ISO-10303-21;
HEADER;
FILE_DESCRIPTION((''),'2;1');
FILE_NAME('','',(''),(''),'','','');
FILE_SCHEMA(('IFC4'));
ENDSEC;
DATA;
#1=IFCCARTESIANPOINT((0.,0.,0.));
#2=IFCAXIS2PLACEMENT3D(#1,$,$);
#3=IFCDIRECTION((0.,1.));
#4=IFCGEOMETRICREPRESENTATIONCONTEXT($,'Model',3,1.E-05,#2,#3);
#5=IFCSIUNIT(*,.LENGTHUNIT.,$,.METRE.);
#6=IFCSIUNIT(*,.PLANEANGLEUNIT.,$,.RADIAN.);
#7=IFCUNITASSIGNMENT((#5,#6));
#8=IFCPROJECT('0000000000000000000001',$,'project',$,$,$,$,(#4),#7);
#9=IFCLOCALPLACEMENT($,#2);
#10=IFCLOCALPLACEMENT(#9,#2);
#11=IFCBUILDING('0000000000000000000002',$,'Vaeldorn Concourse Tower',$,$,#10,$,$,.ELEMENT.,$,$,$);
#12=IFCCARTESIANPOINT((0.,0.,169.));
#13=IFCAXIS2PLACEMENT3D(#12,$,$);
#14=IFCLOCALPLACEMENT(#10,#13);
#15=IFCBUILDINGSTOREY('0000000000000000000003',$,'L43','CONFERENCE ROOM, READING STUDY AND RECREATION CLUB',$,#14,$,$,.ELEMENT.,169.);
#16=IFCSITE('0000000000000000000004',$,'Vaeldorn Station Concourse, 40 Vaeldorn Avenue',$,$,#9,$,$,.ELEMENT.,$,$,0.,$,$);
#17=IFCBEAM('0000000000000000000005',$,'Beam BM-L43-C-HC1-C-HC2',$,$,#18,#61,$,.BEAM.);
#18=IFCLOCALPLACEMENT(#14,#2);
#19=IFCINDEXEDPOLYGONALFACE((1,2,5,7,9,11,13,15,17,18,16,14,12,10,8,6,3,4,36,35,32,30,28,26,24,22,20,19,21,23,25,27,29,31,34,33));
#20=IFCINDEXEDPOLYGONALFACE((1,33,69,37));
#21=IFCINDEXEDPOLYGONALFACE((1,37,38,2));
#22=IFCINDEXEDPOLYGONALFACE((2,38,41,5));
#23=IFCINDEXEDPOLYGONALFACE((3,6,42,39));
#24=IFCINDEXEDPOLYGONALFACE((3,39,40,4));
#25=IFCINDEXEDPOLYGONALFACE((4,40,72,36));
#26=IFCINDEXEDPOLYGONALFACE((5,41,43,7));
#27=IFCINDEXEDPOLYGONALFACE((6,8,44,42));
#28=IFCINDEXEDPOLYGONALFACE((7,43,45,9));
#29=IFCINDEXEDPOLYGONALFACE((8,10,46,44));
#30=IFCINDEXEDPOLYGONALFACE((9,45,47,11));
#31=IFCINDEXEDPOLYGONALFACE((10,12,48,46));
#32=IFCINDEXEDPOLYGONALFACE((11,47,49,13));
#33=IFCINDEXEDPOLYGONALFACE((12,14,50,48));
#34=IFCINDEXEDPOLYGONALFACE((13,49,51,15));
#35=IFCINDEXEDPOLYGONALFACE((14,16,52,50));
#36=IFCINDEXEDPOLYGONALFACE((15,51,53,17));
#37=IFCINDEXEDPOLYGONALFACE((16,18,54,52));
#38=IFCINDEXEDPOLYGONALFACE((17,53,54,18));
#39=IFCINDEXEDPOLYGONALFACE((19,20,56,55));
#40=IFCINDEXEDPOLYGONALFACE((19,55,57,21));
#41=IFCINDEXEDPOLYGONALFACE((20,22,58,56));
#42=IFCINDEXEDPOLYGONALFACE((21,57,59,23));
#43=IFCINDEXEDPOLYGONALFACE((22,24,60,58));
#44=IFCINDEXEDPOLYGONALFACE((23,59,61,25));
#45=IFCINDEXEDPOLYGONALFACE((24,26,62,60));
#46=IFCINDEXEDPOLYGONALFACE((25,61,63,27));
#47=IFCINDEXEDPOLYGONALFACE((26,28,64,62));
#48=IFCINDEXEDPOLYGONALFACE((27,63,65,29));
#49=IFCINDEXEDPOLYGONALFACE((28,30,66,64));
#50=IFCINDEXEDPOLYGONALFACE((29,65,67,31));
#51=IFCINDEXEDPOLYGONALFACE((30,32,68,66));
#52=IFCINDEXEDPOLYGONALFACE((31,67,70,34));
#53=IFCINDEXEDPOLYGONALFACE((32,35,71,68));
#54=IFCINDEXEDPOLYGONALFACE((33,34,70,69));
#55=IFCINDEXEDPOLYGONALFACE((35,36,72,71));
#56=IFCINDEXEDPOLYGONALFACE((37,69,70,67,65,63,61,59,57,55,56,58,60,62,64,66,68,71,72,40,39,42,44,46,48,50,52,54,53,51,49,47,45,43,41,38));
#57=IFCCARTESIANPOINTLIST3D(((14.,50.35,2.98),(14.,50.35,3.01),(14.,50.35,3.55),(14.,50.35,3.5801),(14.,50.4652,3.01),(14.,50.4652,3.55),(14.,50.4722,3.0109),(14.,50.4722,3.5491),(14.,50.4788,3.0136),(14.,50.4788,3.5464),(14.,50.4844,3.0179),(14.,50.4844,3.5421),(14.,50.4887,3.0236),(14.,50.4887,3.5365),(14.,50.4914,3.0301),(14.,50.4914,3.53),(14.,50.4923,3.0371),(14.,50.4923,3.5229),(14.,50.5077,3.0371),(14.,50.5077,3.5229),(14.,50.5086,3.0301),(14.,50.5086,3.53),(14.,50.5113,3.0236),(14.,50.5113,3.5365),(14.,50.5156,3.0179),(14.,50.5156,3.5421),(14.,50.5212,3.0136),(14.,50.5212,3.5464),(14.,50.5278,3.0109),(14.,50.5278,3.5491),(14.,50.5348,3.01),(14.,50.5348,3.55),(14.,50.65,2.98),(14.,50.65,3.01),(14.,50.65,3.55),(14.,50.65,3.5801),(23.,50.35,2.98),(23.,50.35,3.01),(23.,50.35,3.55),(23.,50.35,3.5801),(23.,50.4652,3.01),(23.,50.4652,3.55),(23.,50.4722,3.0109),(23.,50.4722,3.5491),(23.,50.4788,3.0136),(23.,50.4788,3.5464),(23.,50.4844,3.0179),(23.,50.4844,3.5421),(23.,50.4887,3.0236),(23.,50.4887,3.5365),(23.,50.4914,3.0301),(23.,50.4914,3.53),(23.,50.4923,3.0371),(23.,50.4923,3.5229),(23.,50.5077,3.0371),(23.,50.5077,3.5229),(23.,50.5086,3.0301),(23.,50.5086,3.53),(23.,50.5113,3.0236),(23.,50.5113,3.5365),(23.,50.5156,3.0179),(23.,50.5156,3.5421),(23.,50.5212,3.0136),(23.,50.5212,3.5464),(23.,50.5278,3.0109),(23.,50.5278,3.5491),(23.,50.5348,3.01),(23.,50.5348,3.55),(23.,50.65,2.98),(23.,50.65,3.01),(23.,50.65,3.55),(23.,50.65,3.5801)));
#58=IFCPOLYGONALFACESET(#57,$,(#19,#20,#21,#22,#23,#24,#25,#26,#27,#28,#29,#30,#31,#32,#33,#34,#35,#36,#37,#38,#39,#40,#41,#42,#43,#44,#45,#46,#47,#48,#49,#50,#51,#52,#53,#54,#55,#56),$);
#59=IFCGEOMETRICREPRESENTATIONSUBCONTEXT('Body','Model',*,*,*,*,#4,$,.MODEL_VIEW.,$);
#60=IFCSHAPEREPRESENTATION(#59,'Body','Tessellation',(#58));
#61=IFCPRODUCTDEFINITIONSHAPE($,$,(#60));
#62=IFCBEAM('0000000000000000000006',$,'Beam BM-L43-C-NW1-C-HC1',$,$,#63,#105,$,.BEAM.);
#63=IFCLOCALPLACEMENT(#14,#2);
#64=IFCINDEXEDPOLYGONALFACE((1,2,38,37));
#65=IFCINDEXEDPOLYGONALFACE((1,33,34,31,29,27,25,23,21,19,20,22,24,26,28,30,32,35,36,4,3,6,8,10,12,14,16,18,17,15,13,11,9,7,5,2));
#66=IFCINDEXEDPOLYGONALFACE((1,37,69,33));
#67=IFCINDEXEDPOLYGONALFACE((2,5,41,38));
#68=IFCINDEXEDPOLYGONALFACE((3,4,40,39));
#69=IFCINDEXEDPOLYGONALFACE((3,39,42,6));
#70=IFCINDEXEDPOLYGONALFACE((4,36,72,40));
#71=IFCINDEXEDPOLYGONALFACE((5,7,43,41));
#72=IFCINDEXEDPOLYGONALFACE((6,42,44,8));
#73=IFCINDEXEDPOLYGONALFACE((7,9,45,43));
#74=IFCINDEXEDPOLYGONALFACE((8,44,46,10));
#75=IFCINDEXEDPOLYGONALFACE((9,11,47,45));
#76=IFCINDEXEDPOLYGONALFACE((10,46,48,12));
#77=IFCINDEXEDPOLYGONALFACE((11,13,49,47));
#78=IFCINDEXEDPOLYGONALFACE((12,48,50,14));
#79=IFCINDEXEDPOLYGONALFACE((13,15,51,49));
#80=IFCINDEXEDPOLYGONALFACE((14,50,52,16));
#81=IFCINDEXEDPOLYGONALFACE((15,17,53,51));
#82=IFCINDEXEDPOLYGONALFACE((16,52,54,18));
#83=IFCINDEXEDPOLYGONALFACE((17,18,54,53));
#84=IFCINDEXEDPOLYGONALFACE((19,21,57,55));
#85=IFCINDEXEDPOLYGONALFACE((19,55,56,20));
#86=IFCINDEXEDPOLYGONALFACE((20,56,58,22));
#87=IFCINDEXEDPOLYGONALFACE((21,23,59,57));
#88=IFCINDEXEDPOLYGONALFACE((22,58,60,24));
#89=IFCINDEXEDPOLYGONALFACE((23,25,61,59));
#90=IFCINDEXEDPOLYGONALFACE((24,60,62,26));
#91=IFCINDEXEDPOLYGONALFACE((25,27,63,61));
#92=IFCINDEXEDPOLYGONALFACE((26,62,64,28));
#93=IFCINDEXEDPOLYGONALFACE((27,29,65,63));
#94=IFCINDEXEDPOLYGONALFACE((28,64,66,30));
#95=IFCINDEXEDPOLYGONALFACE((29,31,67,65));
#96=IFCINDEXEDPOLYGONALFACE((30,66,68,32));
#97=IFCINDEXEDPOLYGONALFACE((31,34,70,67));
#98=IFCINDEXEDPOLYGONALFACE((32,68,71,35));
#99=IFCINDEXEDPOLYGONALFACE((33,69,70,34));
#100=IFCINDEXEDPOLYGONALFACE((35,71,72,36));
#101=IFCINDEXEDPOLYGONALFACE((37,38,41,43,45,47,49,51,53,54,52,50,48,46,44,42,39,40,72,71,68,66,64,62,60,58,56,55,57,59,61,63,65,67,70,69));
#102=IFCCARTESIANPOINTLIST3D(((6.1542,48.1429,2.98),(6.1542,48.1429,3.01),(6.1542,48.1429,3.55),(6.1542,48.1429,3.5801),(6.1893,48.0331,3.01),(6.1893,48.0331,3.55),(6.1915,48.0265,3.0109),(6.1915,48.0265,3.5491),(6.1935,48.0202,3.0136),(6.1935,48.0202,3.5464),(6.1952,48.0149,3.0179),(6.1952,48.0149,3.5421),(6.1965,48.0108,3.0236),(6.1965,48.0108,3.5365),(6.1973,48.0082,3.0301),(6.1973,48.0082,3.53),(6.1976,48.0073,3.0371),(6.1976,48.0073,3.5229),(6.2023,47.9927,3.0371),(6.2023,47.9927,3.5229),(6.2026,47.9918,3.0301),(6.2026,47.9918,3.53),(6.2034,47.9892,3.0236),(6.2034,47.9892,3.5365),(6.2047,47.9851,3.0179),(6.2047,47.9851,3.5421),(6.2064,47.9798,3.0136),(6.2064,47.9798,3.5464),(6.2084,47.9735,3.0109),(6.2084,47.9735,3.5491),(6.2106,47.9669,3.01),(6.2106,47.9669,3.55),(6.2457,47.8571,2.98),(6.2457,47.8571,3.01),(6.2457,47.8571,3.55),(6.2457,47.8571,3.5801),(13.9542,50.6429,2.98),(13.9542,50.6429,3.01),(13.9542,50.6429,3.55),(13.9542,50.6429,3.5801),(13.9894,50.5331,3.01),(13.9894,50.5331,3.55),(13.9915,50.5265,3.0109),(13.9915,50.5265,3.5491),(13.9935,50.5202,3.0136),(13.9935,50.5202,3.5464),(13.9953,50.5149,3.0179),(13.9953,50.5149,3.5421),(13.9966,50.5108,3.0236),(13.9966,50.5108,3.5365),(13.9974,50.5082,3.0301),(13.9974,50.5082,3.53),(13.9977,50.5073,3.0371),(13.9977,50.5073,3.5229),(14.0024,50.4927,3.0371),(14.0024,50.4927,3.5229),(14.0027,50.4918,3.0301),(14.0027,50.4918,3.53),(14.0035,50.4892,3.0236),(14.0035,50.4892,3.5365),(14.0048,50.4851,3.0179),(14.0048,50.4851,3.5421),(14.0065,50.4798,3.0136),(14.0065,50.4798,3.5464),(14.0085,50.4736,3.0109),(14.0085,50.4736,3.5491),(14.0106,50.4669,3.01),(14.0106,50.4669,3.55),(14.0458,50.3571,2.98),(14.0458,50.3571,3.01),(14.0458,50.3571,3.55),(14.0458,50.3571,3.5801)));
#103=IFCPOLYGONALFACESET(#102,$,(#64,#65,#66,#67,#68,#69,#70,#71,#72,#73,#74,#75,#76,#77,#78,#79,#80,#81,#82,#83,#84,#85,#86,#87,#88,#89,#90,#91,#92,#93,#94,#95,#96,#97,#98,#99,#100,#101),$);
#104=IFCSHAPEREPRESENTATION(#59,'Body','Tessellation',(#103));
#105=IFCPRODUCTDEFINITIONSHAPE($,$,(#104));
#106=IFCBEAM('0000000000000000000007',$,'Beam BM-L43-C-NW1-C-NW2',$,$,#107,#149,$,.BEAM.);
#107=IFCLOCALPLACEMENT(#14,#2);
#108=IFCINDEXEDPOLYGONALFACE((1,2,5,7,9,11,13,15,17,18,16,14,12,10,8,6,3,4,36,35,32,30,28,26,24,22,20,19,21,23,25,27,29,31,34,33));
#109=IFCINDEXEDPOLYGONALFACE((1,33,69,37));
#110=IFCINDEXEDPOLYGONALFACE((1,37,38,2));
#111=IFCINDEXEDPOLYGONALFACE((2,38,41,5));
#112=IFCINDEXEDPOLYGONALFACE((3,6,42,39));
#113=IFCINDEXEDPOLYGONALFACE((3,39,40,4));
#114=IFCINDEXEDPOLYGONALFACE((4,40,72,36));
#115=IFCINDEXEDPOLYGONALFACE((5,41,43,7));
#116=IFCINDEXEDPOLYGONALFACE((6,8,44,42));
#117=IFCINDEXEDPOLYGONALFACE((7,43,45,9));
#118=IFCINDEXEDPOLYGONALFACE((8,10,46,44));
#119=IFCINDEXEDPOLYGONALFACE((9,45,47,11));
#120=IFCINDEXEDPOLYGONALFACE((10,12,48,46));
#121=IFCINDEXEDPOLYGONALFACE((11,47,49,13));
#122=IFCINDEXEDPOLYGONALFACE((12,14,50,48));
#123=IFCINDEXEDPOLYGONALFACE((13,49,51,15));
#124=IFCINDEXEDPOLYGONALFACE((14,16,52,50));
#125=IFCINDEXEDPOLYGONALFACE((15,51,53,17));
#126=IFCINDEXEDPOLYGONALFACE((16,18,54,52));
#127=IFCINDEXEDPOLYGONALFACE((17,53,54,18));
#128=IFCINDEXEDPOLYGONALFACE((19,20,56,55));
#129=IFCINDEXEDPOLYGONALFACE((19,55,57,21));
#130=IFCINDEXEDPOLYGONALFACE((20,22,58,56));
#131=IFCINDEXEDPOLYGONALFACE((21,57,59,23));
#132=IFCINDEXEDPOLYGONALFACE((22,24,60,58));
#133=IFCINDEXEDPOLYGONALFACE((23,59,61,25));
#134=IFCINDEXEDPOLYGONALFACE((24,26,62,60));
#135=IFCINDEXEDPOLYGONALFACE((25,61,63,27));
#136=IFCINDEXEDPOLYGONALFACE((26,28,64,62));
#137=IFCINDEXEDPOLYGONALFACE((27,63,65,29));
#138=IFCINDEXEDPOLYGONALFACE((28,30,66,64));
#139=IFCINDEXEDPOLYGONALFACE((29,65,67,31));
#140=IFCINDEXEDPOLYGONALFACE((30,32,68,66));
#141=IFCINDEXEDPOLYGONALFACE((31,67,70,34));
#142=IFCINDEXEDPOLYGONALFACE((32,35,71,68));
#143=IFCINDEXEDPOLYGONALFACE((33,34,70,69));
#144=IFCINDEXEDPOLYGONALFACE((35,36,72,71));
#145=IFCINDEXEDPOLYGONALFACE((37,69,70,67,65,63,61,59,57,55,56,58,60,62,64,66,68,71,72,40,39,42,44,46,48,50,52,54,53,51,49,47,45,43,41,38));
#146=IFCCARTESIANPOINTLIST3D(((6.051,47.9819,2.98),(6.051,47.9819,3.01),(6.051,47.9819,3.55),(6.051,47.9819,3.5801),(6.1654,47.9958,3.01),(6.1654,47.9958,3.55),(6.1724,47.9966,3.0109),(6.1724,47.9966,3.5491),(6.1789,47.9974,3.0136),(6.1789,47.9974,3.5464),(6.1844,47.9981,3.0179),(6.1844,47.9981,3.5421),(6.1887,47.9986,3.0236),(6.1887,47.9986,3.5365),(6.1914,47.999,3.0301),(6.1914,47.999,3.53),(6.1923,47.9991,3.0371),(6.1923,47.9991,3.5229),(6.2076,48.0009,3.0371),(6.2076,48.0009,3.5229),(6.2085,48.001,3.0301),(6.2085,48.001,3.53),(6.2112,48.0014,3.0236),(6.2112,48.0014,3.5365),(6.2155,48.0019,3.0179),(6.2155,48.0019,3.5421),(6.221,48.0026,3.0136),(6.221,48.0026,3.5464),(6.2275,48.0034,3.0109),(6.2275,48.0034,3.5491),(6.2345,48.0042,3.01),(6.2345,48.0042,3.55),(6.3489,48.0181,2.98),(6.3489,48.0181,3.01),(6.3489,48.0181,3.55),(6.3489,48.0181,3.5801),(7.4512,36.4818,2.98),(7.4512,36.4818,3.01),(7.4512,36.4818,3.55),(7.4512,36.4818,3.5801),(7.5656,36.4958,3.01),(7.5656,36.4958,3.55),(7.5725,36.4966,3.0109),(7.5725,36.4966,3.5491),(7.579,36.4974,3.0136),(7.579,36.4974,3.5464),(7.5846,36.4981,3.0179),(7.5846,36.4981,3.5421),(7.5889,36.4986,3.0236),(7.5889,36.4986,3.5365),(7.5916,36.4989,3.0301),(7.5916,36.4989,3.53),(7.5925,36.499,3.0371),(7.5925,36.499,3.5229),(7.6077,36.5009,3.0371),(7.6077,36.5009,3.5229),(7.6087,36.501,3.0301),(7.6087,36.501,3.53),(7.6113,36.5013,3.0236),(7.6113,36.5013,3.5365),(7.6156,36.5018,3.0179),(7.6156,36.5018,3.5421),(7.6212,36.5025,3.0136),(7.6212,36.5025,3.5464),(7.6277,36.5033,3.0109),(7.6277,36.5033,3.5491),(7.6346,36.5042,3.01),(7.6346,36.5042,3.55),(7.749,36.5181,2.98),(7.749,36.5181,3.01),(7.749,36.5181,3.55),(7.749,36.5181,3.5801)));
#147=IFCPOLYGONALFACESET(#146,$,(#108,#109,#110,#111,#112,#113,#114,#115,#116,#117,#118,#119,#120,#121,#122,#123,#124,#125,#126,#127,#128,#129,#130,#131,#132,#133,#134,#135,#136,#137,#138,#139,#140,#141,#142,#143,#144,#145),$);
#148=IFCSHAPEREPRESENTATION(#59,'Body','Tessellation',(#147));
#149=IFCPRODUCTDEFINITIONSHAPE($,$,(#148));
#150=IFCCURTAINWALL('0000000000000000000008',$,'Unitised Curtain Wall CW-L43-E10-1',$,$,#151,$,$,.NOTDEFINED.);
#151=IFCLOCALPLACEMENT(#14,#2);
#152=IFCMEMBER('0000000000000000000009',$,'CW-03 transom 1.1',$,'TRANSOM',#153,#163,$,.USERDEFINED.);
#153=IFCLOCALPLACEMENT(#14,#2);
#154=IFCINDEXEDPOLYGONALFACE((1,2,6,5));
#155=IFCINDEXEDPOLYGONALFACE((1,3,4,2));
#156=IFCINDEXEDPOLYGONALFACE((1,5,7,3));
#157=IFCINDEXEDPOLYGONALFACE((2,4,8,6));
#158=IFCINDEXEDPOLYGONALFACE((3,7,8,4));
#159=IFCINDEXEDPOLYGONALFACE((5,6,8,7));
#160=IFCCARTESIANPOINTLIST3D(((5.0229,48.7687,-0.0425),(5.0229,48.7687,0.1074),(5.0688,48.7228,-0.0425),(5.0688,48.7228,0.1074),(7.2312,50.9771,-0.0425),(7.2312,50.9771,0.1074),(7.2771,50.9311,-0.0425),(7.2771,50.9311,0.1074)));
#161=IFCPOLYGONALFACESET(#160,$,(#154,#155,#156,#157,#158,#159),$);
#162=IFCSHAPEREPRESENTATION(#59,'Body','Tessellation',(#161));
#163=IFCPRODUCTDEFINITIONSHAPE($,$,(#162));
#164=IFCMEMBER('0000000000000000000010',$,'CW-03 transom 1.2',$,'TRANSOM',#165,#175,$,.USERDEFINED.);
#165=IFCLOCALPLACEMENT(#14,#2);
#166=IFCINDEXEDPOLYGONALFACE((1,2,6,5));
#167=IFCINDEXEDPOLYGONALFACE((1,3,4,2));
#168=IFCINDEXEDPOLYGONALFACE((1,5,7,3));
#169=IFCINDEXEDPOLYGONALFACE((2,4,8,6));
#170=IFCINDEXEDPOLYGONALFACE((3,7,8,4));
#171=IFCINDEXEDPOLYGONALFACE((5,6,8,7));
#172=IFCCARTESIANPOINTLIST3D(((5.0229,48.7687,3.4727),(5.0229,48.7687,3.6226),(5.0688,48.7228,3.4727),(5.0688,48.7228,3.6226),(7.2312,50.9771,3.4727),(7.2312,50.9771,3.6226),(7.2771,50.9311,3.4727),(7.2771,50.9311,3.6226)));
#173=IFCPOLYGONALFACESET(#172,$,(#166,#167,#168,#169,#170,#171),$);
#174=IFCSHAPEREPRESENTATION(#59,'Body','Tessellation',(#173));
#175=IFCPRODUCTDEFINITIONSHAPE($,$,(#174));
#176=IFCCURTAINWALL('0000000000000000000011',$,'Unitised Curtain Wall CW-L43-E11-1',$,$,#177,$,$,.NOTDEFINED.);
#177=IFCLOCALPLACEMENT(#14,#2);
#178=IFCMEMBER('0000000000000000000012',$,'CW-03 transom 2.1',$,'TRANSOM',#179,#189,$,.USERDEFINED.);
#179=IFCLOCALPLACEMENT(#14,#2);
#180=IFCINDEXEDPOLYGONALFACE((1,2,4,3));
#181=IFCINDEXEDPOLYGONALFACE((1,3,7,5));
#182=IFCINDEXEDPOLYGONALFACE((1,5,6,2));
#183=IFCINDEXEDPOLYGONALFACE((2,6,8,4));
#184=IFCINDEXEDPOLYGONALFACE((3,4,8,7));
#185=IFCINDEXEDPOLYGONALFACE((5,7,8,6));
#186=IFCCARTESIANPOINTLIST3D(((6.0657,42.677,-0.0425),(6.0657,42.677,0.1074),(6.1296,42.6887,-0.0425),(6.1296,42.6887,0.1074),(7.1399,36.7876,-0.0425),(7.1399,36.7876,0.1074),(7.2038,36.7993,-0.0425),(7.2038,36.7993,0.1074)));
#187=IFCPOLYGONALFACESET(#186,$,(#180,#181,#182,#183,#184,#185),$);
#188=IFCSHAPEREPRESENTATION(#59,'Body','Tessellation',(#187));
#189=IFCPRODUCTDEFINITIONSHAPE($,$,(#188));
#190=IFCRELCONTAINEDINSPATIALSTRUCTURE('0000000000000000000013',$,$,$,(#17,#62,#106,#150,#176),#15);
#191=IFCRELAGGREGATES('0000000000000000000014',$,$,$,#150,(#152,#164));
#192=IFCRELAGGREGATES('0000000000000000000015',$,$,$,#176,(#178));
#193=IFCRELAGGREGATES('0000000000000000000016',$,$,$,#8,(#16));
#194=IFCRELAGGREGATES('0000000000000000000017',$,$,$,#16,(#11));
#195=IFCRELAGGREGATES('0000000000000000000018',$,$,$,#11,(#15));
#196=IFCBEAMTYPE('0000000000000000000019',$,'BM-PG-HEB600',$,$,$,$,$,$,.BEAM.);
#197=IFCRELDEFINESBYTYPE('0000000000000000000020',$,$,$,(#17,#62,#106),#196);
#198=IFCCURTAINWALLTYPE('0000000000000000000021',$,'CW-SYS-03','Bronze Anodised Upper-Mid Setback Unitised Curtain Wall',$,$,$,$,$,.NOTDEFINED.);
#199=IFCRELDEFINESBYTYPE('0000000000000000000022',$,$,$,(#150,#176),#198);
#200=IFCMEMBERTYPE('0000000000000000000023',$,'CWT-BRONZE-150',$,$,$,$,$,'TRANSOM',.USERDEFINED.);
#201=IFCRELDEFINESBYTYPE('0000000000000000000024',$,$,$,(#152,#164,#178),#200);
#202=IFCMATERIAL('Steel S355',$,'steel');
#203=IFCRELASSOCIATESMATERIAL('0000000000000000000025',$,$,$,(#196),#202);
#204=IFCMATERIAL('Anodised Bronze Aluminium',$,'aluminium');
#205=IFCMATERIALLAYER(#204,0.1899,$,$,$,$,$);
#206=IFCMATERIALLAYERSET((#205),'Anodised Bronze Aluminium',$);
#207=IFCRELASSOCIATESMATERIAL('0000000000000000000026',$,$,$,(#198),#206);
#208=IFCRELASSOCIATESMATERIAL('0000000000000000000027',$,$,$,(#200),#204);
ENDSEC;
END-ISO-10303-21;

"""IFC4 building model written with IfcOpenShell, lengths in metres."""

from ifc_helpers import new_model, si_unit, direction, frame, origin, origin_2d, place, context, subcontext, project, spatial, rectangle, i_section, extrude, source, transform, mapped, material, layer, layer_set, material_profile, profile_set, type_object, element, aggregate, save


model = new_model("IFC4")

# Units and contexts
model_context = context("Model", 3, precision=1e-05, world=origin(), true_north=direction((0.0, 1.0)))
body_context = subcontext(model_context, "Body", "Model", "MODEL_VIEW")
ifc_project = project(units=[si_unit("LENGTHUNIT", "METRE"), si_unit("PLANEANGLEUNIT", "RADIAN")], contexts=[model_context])

# Site, building, storey
site_placement = place(None, origin())
site = spatial("IfcSite", under=ifc_project, at=site_placement, Name="Vaeldorn Station Concourse, 40 Vaeldorn Avenue", CompositionType="ELEMENT", RefElevation=0.0)
building_placement = place(site_placement, origin())
building = spatial("IfcBuilding", under=site, at=building_placement, Name="Vaeldorn Concourse Tower", CompositionType="ELEMENT")
storey_placement = place(building_placement, frame((0.0, 0.0, 169.0)))
storey = spatial("IfcBuildingStorey", under=building, at=storey_placement, Name="L43", Description="CONFERENCE ROOM, READING STUDY AND RECREATION CLUB", CompositionType="ELEMENT", Elevation=169.0)

# Beams
ifc_material_1 = material(Name="Steel S355", Category="steel")
ifc_material_profile_1 = material_profile(ifc_material_1, i_section(OverallWidth=0.3, OverallDepth=0.6001, WebThickness=0.0154, FlangeThickness=0.03, FilletRadius=0.0271, at=origin_2d()), Name="HEB 600")
ifc_profile_set_1 = profile_set([ifc_material_profile_1], Name="Steel S355")
beam_type_1 = type_object("IfcBeamType", Name="BM-PG-HEB600", PredefinedType="BEAM", material=ifc_profile_set_1)
shared_shape_1 = source(origin(), body_context, "Body", "SweptSolid", [
    extrude(i_section(OverallWidth=0.3, OverallDepth=0.6001, WebThickness=0.0154, FlangeThickness=0.03, FilletRadius=0.0271, at=origin_2d()), origin(), (0.0, 0.0, 1.0), 9.0),
])
beam_1_placement = place(storey_placement, frame((14.0, 50.5, 3.28), z_axis=(1.0, 0.0, 0.0), x_axis=(0.0, 1.0, 0.0)))
element("IfcBeam", 1, at=beam_1_placement, inside=storey, type_object=beam_type_1, Name="Beam BM-L43-C-HC1-C-HC2", PredefinedType="BEAM", context=body_context, shape_type="MappedRepresentation", body=[
    mapped(shared_shape_1, transform((0.0, 0.0, 0.0), scale=1.0)),
])
shared_shape_2 = source(origin(), body_context, "Body", "SweptSolid", [
    extrude(i_section(OverallWidth=0.3, OverallDepth=0.6001, WebThickness=0.0154, FlangeThickness=0.03, FilletRadius=0.0271, at=origin_2d()), origin(), (0.0, 0.0, 1.0), 8.1909),
])
beam_2_placement = place(storey_placement, frame((6.2, 48.0, 3.28), z_axis=(0.952283, 0.305217, 0.0), x_axis=(-0.305217, 0.952283, 0.0)))
element("IfcBeam", 2, at=beam_2_placement, inside=storey, type_object=beam_type_1, Name="Beam BM-L43-C-NW1-C-HC1", PredefinedType="BEAM", context=body_context, shape_type="MappedRepresentation", body=[
    mapped(shared_shape_2, transform((0.0, 0.0, 0.0), scale=1.0)),
])
shared_shape_3 = source(origin(), body_context, "Body", "SweptSolid", [
    extrude(i_section(OverallWidth=0.3, OverallDepth=0.6001, WebThickness=0.0154, FlangeThickness=0.03, FilletRadius=0.0271, at=origin_2d()), origin(), (0.0, 0.0, 1.0), 11.585),
])
beam_3_placement = place(storey_placement, frame((6.2, 48.0, 3.28), z_axis=(0.120859, -0.99267, 0.0), x_axis=(0.99267, 0.120859, 0.0)))
element("IfcBeam", 3, at=beam_3_placement, inside=storey, type_object=beam_type_1, Name="Beam BM-L43-C-NW1-C-NW2", PredefinedType="BEAM", context=body_context, shape_type="MappedRepresentation", body=[
    mapped(shared_shape_3, transform((0.0, 0.0, 0.0), scale=1.0)),
])

# Curtain walls, members
ifc_material_2 = material(Name="Anodised Bronze Aluminium", Category="aluminium")
ifc_layer_1 = layer(ifc_material_2, 0.1899)
ifc_layer_set_1 = layer_set([ifc_layer_1], Name="Anodised Bronze Aluminium")
curtain_wall_type = type_object("IfcCurtainWallType", Name="CW-SYS-03", Description="Bronze Anodised Upper-Mid Setback Unitised Curtain Wall", PredefinedType="NOTDEFINED", material=ifc_layer_set_1)
curtain_wall_1_placement = place(storey_placement, origin())
curtain_wall_1 = element("IfcCurtainWall", 4, at=curtain_wall_1_placement, inside=storey, type_object=curtain_wall_type, Name="Unitised Curtain Wall CW-L43-E10-1", PredefinedType="NOTDEFINED")
ifc_material_profile_2 = material_profile(ifc_material_2, rectangle(XDim=0.0649, YDim=0.1499, at=origin_2d()), Name="CWT 65x150")
ifc_profile_set_2 = profile_set([ifc_material_profile_2], Name="Anodised Bronze Aluminium")
member_type_1 = type_object("IfcMemberType", Name="CWT-BRONZE-150", ElementType="TRANSOM", PredefinedType="USERDEFINED", material=ifc_profile_set_2)
shared_shape_4 = source(origin(), body_context, "Body", "SweptSolid", [
    extrude(rectangle(XDim=0.0649, YDim=0.1499, at=origin_2d()), origin(), (0.0, 0.0, 1.0), 3.123),
])
member_1_placement = place(storey_placement, frame((7.2542, 50.9541, 0.0325), z_axis=(-0.707107, -0.707107, 0.0), x_axis=(0.707107, -0.707107, 0.0)))
member_1 = element("IfcMember", 5, at=member_1_placement, type_object=member_type_1, Name="CW-03 transom 1.1", ObjectType="TRANSOM", PredefinedType="USERDEFINED", context=body_context, shape_type="MappedRepresentation", body=[
    mapped(shared_shape_4, transform((0.0, 0.0, 0.0), scale=1.0)),
])
member_2_placement = place(storey_placement, frame((7.2542, 50.9541, 3.5476), z_axis=(-0.707107, -0.707107, 0.0), x_axis=(0.707107, -0.707107, 0.0)))
member_2 = element("IfcMember", 6, at=member_2_placement, type_object=member_type_1, Name="CW-03 transom 1.2", ObjectType="TRANSOM", PredefinedType="USERDEFINED", context=body_context, shape_type="MappedRepresentation", body=[
    mapped(shared_shape_4, transform((0.0, 0.0, 0.0), scale=1.0)),
])
curtain_wall_2_placement = place(storey_placement, origin())
curtain_wall_2 = element("IfcCurtainWall", 7, at=curtain_wall_2_placement, inside=storey, type_object=curtain_wall_type, Name="Unitised Curtain Wall CW-L43-E11-1", PredefinedType="NOTDEFINED")
shared_shape_5 = source(origin(), body_context, "Body", "SweptSolid", [
    extrude(rectangle(XDim=0.0649, YDim=0.1499, at=origin_2d()), origin(), (0.0, 0.0, 1.0), 5.9866),
])
member_3_placement = place(storey_placement, frame((6.0977, 42.6829, 0.0325), z_axis=(0.179438, -0.983769, 0.0), x_axis=(0.983769, 0.179438, 0.0)))
member_3 = element("IfcMember", 8, at=member_3_placement, type_object=member_type_1, Name="CW-03 transom 2.1", ObjectType="TRANSOM", PredefinedType="USERDEFINED", context=body_context, shape_type="MappedRepresentation", body=[
    mapped(shared_shape_5, transform((0.0, 0.0, 0.0), scale=1.0)),
])

aggregate(curtain_wall_1, [member_1, member_2])
aggregate(curtain_wall_2, [member_3])

save(model, "model.ifc")
